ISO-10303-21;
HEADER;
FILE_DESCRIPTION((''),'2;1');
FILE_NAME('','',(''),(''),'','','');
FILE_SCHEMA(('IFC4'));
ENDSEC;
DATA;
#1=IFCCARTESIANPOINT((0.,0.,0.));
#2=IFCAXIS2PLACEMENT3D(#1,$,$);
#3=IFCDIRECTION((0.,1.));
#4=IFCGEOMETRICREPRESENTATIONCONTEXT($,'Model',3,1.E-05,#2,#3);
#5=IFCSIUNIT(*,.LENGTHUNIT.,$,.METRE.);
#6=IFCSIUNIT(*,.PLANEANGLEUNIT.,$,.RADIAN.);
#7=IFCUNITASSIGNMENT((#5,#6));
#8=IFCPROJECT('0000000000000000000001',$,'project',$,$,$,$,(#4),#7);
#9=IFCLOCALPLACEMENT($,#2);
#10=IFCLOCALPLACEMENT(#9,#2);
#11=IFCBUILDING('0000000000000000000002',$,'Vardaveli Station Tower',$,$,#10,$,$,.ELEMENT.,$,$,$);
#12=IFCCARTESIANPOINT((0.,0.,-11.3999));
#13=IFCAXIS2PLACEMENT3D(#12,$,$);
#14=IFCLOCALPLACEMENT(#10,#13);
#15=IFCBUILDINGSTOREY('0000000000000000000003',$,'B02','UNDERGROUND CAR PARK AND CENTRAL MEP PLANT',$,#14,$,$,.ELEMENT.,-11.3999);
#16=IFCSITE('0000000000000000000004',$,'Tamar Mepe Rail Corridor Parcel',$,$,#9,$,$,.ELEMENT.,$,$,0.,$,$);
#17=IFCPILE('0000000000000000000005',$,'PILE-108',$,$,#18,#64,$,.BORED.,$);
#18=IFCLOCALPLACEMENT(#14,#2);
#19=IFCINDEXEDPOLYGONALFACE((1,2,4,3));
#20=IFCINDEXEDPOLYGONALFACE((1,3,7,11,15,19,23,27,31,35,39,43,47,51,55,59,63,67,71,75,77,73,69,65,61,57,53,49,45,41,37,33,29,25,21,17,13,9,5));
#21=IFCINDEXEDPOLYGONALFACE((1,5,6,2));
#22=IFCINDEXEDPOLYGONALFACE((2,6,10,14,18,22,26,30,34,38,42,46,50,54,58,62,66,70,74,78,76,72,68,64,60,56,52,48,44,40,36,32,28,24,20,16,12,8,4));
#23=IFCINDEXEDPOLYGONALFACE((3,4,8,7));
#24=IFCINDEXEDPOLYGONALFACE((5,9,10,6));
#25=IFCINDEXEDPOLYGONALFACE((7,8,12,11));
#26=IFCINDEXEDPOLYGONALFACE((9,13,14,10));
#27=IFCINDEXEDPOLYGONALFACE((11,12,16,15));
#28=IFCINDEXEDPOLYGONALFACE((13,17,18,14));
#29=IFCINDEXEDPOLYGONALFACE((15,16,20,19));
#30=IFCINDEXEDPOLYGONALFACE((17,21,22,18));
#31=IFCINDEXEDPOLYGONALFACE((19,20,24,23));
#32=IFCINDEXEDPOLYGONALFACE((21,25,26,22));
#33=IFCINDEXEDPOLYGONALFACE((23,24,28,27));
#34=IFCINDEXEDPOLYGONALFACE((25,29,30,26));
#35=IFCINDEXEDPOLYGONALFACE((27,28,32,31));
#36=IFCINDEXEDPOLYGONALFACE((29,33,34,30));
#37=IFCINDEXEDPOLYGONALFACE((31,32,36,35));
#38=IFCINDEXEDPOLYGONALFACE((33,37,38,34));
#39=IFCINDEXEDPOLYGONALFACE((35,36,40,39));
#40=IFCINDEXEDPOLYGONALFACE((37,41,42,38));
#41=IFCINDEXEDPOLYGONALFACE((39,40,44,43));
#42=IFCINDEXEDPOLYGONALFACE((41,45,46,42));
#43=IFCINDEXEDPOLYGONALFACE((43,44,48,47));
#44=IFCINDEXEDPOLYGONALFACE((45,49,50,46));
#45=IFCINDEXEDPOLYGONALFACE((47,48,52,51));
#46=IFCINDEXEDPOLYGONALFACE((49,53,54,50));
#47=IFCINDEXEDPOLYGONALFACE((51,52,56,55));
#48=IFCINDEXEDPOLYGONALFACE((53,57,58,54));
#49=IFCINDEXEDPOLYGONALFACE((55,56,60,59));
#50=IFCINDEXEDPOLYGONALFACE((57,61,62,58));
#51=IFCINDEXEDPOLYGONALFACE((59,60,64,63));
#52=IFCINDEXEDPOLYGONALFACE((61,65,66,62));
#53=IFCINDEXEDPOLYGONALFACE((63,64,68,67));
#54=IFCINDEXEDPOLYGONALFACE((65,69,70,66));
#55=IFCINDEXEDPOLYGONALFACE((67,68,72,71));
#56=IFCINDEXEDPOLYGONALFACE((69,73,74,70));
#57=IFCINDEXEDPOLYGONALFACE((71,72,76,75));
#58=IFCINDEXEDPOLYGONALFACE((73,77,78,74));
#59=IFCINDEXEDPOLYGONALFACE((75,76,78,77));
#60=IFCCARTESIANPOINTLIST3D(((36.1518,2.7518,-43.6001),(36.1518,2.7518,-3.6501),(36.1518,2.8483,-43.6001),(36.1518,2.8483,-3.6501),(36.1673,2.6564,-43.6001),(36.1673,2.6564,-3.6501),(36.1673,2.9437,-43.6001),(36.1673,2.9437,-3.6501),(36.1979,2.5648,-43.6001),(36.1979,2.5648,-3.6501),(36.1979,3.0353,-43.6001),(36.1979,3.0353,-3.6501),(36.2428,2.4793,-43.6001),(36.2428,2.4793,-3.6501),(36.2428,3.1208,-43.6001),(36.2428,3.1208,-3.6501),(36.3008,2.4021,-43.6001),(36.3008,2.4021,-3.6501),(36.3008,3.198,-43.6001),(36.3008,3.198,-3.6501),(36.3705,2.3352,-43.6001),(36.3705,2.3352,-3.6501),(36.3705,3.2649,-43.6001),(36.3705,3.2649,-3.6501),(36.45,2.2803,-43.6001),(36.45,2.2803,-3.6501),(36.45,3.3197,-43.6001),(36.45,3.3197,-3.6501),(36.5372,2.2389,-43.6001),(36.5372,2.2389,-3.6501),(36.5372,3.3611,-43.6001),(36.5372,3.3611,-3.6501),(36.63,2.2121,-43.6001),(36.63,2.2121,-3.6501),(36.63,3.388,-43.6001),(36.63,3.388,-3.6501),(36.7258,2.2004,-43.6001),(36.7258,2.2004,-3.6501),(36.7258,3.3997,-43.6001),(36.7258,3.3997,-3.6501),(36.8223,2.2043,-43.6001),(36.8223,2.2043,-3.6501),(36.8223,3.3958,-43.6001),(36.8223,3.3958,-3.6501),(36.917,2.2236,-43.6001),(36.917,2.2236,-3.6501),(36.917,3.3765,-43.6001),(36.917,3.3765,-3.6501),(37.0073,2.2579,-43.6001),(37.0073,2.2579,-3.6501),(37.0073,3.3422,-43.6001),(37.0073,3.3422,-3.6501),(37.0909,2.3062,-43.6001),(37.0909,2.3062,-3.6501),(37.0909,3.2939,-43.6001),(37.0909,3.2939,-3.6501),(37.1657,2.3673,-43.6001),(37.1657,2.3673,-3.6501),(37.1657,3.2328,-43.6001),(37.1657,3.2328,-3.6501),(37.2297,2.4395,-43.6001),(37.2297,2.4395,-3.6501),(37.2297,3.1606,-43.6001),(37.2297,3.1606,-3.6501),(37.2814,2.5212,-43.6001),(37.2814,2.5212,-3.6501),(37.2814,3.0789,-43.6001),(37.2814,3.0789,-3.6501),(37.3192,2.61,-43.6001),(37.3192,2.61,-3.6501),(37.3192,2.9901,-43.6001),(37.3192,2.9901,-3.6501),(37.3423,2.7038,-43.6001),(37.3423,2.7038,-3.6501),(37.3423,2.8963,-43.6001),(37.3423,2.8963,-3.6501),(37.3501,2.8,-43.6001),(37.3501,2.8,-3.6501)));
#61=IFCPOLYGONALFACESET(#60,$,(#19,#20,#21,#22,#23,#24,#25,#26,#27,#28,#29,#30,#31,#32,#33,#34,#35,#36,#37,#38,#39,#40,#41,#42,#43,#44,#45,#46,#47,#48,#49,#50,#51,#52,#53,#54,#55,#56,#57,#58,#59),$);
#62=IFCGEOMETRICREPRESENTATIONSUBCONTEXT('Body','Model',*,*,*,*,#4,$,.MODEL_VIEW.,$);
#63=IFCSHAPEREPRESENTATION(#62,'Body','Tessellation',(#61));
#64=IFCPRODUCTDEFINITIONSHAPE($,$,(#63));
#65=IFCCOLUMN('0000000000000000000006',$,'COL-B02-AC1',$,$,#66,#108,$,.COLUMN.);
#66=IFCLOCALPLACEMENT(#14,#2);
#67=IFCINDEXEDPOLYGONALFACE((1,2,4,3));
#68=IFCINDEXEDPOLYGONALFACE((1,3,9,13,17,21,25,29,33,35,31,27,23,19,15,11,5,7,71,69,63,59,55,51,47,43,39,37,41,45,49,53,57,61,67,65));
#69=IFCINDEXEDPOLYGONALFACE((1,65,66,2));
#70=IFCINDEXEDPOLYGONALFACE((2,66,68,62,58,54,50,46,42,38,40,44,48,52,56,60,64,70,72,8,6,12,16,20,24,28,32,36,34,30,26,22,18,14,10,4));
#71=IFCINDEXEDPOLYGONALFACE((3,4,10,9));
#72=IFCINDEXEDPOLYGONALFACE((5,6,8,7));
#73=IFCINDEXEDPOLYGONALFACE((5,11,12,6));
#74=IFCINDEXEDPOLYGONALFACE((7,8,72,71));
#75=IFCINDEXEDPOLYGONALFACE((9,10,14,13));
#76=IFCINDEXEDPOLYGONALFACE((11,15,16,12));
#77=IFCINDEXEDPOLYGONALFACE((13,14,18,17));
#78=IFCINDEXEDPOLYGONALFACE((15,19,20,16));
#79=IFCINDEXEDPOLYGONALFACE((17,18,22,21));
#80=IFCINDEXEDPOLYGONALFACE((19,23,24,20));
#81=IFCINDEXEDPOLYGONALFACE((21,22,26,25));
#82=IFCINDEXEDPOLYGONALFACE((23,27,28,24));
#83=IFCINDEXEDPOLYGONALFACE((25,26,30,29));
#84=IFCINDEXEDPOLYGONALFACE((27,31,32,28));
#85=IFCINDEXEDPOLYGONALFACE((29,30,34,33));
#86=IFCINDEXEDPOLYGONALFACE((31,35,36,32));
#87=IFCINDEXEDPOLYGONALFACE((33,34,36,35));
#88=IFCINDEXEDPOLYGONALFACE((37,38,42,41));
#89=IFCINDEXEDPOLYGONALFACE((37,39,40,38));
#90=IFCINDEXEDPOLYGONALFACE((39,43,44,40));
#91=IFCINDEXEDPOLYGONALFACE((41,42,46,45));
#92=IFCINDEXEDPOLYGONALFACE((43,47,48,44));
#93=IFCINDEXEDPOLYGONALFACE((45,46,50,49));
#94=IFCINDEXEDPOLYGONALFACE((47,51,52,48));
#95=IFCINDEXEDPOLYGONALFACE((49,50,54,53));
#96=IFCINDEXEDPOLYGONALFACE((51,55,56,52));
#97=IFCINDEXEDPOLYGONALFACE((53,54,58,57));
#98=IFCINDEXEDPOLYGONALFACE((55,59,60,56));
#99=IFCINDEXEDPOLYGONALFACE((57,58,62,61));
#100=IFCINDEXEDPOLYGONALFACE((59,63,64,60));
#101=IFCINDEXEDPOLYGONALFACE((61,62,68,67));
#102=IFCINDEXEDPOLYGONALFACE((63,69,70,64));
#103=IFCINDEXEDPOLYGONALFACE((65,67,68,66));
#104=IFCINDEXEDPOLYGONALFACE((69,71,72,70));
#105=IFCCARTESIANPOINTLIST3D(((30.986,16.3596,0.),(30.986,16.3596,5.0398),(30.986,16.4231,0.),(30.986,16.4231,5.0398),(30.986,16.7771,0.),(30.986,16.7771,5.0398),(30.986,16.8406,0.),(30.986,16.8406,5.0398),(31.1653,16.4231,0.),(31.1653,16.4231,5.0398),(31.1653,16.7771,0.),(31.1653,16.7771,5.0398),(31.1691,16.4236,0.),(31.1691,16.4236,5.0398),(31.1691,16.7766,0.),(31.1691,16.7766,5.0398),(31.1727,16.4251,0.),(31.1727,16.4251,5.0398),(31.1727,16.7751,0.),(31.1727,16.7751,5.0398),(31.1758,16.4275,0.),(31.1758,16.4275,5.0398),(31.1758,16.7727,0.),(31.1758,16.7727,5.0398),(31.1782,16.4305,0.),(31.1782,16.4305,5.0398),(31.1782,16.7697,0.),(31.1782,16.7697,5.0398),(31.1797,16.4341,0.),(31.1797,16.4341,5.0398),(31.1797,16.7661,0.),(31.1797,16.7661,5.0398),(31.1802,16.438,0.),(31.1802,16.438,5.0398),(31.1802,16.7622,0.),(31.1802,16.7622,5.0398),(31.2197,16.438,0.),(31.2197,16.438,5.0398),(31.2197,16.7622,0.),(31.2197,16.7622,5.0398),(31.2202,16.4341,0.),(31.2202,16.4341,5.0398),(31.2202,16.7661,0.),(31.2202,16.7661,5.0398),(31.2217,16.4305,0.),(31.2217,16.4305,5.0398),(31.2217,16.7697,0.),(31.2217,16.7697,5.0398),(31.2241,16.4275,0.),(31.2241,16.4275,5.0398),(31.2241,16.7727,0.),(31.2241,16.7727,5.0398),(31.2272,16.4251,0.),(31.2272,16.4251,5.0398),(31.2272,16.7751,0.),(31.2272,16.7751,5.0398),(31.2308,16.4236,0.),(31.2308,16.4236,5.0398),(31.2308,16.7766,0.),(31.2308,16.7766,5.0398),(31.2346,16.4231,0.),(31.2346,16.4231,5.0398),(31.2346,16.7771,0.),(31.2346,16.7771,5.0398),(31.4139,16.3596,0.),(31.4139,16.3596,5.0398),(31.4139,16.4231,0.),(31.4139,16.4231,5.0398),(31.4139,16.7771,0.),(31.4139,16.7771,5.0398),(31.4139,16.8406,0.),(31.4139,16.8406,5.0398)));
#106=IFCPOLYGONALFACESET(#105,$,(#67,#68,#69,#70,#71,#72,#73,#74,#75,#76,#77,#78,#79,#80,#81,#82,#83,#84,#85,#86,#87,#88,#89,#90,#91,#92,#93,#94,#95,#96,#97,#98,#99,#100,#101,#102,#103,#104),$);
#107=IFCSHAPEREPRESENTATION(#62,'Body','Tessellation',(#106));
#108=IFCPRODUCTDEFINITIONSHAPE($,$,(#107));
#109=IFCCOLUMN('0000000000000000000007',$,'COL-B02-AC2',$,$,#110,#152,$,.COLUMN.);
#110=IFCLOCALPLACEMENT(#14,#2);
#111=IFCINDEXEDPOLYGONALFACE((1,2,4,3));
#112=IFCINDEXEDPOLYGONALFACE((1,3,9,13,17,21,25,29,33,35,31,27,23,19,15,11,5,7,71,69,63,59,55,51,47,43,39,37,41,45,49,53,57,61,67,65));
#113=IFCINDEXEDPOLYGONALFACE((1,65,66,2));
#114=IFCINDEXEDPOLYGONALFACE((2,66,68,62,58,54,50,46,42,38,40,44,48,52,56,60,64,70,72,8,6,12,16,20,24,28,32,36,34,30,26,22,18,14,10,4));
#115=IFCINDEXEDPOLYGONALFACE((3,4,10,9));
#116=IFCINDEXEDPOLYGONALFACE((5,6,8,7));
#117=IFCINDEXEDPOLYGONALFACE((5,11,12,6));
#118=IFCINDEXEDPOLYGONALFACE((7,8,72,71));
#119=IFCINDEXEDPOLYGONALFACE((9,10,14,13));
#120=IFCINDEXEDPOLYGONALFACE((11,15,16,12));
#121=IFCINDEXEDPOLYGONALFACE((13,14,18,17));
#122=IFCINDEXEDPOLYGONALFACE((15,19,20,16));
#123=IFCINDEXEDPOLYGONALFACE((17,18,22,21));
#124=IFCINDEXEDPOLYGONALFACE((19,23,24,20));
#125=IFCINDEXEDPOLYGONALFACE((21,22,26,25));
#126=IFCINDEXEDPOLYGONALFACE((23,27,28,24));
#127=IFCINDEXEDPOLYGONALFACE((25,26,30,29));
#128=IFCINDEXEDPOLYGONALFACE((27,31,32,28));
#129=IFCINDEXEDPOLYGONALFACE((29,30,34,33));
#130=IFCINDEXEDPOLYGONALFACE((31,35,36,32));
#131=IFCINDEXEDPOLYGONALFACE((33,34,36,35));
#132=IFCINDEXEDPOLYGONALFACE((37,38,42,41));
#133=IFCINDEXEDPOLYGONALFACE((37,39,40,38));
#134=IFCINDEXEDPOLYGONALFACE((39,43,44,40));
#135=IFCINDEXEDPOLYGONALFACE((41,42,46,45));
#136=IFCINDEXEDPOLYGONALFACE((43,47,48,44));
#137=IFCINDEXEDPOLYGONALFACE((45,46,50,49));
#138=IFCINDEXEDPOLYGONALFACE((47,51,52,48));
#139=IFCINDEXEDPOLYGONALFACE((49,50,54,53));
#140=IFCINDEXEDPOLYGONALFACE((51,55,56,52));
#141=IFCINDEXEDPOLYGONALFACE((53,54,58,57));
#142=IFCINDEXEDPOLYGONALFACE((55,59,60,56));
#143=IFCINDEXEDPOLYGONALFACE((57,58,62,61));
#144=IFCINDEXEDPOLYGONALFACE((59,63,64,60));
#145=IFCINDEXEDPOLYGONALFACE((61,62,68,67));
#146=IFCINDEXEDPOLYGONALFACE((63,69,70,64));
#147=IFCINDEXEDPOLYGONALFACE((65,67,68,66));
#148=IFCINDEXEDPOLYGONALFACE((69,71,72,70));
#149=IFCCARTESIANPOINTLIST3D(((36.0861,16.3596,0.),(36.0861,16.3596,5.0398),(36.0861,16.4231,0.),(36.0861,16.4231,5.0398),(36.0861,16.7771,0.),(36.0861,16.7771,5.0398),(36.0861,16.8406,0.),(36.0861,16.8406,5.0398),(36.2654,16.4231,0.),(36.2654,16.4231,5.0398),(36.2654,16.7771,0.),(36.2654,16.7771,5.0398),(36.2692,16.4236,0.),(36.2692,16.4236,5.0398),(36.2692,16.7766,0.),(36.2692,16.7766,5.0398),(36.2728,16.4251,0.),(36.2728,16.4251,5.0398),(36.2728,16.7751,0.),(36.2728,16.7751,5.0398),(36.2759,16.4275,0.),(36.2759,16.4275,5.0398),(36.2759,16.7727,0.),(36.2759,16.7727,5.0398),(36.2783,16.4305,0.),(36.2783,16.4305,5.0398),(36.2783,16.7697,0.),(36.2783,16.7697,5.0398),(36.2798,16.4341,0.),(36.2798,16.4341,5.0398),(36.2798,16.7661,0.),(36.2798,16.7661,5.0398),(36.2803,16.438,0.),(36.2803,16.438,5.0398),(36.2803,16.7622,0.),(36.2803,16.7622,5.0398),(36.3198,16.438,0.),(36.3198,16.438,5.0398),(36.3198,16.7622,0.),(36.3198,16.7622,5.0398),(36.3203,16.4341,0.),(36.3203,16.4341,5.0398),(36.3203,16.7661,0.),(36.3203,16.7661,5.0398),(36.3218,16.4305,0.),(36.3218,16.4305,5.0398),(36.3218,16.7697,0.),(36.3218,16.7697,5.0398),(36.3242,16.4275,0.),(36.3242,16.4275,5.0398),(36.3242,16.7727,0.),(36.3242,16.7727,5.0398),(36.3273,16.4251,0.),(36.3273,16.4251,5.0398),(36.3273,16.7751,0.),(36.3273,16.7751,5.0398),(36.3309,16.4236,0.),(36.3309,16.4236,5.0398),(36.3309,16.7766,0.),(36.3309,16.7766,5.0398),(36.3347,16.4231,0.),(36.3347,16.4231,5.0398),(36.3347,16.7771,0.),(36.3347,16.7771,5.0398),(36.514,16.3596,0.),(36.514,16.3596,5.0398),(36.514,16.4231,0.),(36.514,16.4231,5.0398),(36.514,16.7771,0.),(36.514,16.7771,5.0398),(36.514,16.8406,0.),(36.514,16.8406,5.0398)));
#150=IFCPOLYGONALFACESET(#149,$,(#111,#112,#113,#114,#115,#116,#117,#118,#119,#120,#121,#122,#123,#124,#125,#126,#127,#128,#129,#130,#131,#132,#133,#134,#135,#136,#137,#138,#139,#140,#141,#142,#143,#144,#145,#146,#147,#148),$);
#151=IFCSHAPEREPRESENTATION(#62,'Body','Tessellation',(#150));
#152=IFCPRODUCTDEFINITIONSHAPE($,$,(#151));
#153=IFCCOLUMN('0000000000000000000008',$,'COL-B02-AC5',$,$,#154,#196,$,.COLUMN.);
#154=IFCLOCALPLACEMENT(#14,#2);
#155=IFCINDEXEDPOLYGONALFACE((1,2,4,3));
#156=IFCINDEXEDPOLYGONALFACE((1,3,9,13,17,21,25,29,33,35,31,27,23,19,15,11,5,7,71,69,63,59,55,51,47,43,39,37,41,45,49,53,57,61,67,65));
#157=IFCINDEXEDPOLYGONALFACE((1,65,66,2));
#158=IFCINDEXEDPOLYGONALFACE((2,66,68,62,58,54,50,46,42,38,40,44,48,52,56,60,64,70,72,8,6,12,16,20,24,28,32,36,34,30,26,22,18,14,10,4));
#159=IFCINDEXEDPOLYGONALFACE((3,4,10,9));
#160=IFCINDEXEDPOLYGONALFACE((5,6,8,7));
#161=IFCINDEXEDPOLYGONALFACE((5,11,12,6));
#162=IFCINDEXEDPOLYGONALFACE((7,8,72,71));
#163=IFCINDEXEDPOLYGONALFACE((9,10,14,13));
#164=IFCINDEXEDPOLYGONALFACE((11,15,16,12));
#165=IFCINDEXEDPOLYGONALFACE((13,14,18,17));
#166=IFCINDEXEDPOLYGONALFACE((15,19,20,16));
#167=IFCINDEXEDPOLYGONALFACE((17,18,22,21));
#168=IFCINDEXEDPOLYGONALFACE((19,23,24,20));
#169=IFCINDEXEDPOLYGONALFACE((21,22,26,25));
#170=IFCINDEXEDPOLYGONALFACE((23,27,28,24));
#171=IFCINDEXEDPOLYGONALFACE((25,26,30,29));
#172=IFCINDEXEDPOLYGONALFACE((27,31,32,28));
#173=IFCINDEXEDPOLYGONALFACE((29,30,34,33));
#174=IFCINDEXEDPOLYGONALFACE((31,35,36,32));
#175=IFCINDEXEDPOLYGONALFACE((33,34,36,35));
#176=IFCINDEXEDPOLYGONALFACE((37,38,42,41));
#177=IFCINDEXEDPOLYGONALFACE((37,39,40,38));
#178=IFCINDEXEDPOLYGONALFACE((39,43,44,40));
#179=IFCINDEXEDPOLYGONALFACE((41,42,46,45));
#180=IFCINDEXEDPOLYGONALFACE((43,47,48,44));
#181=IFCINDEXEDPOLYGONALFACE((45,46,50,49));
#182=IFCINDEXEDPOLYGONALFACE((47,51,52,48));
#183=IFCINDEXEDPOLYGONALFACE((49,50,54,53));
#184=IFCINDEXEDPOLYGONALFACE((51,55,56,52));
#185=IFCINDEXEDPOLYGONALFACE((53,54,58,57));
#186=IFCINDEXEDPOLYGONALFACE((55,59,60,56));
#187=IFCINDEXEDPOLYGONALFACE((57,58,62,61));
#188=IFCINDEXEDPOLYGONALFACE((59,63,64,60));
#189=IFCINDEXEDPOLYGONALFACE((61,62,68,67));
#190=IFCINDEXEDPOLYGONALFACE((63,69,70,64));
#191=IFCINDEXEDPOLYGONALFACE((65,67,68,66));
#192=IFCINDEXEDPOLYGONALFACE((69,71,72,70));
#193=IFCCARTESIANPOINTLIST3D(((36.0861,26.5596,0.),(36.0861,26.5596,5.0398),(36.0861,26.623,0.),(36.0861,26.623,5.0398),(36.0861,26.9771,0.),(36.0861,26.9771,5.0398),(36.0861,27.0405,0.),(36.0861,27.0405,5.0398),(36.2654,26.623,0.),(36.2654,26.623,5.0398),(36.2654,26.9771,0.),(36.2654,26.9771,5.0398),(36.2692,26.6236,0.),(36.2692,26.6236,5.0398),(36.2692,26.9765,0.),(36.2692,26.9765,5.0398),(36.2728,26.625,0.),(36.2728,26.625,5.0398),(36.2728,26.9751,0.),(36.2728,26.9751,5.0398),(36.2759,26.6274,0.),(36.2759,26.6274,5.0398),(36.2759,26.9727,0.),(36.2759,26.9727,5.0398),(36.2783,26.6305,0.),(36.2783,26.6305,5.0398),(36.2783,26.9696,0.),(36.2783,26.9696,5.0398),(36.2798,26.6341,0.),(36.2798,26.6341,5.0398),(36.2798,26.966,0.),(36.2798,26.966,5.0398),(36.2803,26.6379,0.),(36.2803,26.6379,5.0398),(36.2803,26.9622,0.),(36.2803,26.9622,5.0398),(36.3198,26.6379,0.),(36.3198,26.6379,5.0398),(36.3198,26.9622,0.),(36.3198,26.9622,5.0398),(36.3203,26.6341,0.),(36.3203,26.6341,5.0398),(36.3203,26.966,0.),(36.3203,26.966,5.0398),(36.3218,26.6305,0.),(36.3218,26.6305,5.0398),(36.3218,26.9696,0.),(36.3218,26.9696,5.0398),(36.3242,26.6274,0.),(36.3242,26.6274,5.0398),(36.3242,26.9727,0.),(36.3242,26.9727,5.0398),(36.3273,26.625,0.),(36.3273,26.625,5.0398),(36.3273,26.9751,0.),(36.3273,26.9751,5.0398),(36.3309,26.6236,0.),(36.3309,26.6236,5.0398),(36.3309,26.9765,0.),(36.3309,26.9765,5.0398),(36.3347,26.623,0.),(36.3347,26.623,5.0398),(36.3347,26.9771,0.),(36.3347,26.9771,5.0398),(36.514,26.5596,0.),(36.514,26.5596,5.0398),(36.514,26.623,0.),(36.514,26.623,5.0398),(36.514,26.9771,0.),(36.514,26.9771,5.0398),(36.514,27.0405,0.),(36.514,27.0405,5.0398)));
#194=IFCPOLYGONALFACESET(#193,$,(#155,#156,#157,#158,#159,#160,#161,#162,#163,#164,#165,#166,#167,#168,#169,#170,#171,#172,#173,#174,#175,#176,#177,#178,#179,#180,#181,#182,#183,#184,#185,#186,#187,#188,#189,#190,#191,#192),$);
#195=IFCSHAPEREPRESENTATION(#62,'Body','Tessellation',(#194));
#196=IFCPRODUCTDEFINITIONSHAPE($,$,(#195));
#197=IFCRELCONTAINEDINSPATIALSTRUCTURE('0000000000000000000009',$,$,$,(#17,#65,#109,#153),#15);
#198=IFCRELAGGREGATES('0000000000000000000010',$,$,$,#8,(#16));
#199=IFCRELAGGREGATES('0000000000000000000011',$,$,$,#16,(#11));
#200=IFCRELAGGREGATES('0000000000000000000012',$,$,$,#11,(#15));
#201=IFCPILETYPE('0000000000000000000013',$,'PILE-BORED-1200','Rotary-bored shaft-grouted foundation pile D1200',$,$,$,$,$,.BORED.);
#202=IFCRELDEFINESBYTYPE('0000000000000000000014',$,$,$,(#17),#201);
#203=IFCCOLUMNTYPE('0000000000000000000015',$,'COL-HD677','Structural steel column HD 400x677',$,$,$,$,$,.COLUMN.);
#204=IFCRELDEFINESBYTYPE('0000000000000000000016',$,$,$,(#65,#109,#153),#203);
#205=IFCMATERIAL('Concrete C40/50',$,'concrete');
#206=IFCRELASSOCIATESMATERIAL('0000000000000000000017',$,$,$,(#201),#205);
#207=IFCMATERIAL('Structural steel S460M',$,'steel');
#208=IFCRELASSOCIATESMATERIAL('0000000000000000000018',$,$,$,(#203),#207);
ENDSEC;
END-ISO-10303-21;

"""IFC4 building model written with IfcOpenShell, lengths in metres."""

from ifc_helpers import new_model, si_unit, direction, frame, origin, origin_2d, place, context, subcontext, project, spatial, circle, i_section, extrude, source, transform, mapped, material, material_profile, profile_set, type_object, element, save


model = new_model("IFC4")

# Units and contexts
model_context = context("Model", 3, precision=1e-05, world=origin(), true_north=direction((0.0, 1.0)))
body_context = subcontext(model_context, "Body", "Model", "MODEL_VIEW")
ifc_project = project(units=[si_unit("LENGTHUNIT", "METRE"), si_unit("PLANEANGLEUNIT", "RADIAN")], contexts=[model_context])

# Site, building, storey
site_placement = place(None, origin())
site = spatial("IfcSite", under=ifc_project, at=site_placement, Name="Tamar Mepe Rail Corridor Parcel", CompositionType="ELEMENT", RefElevation=0.0)
building_placement = place(site_placement, origin())
building = spatial("IfcBuilding", under=site, at=building_placement, Name="Vardaveli Station Tower", CompositionType="ELEMENT")
storey_placement = place(building_placement, frame((0.0, 0.0, -11.3999)))
storey = spatial("IfcBuildingStorey", under=building, at=storey_placement, Name="B02", Description="UNDERGROUND CAR PARK AND CENTRAL MEP PLANT", CompositionType="ELEMENT", Elevation=-11.3999)

# Pile
ifc_material_1 = material(Name="Concrete C40/50", Category="concrete")
ifc_material_profile_1 = material_profile(ifc_material_1, circle(Radius=0.6001, at=origin_2d()), Name="PILE D1200")
ifc_profile_set_1 = profile_set([ifc_material_profile_1], Name="Concrete C40/50")
pile_type_1 = type_object("IfcPileType", Name="PILE-BORED-1200", Description="Rotary-bored shaft-grouted foundation pile D1200", PredefinedType="BORED", material=ifc_profile_set_1)
shared_shape_1 = source(origin(), body_context, "Body", "SweptSolid", [
    extrude(circle(Radius=0.6001, at=origin_2d()), origin(), (0.0, 0.0, 1.0), 39.95),
])
for number, where, z_axis, x_axis, name in (
    (1, (36.75, 2.8, -3.6501), (0.0, 0.0, -1.0), (1.0, 0.0, 0.0), "PILE-108"),
):
    element("IfcPile", number, at=place(storey_placement, frame(where, z_axis=z_axis, x_axis=x_axis)), inside=storey, type_object=pile_type_1, Name=name, PredefinedType="BORED", context=body_context, shape_type="MappedRepresentation", body=[
        mapped(shared_shape_1, transform((0.0, 0.0, 0.0), scale=1.0)),
    ])

# Columns
ifc_material_2 = material(Name="Structural steel S460M", Category="steel")
ifc_material_profile_2 = material_profile(ifc_material_2, i_section(OverallWidth=0.428, OverallDepth=0.481, WebThickness=0.0396, FlangeThickness=0.0635, FilletRadius=0.0149, at=origin_2d()), Name="HD 400x677")
ifc_profile_set_2 = profile_set([ifc_material_profile_2], Name="Structural steel S460M")
column_type_1 = type_object("IfcColumnType", Name="COL-HD677", Description="Structural steel column HD 400x677", PredefinedType="COLUMN", material=ifc_profile_set_2)
shared_shape_2 = source(origin(), body_context, "Body", "SweptSolid", [
    extrude(i_section(OverallWidth=0.428, OverallDepth=0.481, WebThickness=0.0396, FlangeThickness=0.0635, FilletRadius=0.0149, at=origin_2d()), origin(), (0.0, 0.0, 1.0), 5.0398),
])
for number, where, z_axis, x_axis, name in (
    (2, (31.2, 16.6001, 0.0), (0.0, 0.0, 1.0), (1.0, 0.0, 0.0), "COL-B02-AC1"),
    (3, (36.3, 16.6001, 0.0), (0.0, 0.0, 1.0), (1.0, 0.0, 0.0), "COL-B02-AC2"),
    (4, (36.3, 26.8, 0.0), (0.0, 0.0, 1.0), (1.0, 0.0, 0.0), "COL-B02-AC5"),
):
    element("IfcColumn", number, at=place(storey_placement, frame(where, z_axis=z_axis, x_axis=x_axis)), inside=storey, type_object=column_type_1, Name=name, PredefinedType="COLUMN", context=body_context, shape_type="MappedRepresentation", body=[
        mapped(shared_shape_2, transform((0.0, 0.0, 0.0), scale=1.0)),
    ])

save(model, "model.ifc")
